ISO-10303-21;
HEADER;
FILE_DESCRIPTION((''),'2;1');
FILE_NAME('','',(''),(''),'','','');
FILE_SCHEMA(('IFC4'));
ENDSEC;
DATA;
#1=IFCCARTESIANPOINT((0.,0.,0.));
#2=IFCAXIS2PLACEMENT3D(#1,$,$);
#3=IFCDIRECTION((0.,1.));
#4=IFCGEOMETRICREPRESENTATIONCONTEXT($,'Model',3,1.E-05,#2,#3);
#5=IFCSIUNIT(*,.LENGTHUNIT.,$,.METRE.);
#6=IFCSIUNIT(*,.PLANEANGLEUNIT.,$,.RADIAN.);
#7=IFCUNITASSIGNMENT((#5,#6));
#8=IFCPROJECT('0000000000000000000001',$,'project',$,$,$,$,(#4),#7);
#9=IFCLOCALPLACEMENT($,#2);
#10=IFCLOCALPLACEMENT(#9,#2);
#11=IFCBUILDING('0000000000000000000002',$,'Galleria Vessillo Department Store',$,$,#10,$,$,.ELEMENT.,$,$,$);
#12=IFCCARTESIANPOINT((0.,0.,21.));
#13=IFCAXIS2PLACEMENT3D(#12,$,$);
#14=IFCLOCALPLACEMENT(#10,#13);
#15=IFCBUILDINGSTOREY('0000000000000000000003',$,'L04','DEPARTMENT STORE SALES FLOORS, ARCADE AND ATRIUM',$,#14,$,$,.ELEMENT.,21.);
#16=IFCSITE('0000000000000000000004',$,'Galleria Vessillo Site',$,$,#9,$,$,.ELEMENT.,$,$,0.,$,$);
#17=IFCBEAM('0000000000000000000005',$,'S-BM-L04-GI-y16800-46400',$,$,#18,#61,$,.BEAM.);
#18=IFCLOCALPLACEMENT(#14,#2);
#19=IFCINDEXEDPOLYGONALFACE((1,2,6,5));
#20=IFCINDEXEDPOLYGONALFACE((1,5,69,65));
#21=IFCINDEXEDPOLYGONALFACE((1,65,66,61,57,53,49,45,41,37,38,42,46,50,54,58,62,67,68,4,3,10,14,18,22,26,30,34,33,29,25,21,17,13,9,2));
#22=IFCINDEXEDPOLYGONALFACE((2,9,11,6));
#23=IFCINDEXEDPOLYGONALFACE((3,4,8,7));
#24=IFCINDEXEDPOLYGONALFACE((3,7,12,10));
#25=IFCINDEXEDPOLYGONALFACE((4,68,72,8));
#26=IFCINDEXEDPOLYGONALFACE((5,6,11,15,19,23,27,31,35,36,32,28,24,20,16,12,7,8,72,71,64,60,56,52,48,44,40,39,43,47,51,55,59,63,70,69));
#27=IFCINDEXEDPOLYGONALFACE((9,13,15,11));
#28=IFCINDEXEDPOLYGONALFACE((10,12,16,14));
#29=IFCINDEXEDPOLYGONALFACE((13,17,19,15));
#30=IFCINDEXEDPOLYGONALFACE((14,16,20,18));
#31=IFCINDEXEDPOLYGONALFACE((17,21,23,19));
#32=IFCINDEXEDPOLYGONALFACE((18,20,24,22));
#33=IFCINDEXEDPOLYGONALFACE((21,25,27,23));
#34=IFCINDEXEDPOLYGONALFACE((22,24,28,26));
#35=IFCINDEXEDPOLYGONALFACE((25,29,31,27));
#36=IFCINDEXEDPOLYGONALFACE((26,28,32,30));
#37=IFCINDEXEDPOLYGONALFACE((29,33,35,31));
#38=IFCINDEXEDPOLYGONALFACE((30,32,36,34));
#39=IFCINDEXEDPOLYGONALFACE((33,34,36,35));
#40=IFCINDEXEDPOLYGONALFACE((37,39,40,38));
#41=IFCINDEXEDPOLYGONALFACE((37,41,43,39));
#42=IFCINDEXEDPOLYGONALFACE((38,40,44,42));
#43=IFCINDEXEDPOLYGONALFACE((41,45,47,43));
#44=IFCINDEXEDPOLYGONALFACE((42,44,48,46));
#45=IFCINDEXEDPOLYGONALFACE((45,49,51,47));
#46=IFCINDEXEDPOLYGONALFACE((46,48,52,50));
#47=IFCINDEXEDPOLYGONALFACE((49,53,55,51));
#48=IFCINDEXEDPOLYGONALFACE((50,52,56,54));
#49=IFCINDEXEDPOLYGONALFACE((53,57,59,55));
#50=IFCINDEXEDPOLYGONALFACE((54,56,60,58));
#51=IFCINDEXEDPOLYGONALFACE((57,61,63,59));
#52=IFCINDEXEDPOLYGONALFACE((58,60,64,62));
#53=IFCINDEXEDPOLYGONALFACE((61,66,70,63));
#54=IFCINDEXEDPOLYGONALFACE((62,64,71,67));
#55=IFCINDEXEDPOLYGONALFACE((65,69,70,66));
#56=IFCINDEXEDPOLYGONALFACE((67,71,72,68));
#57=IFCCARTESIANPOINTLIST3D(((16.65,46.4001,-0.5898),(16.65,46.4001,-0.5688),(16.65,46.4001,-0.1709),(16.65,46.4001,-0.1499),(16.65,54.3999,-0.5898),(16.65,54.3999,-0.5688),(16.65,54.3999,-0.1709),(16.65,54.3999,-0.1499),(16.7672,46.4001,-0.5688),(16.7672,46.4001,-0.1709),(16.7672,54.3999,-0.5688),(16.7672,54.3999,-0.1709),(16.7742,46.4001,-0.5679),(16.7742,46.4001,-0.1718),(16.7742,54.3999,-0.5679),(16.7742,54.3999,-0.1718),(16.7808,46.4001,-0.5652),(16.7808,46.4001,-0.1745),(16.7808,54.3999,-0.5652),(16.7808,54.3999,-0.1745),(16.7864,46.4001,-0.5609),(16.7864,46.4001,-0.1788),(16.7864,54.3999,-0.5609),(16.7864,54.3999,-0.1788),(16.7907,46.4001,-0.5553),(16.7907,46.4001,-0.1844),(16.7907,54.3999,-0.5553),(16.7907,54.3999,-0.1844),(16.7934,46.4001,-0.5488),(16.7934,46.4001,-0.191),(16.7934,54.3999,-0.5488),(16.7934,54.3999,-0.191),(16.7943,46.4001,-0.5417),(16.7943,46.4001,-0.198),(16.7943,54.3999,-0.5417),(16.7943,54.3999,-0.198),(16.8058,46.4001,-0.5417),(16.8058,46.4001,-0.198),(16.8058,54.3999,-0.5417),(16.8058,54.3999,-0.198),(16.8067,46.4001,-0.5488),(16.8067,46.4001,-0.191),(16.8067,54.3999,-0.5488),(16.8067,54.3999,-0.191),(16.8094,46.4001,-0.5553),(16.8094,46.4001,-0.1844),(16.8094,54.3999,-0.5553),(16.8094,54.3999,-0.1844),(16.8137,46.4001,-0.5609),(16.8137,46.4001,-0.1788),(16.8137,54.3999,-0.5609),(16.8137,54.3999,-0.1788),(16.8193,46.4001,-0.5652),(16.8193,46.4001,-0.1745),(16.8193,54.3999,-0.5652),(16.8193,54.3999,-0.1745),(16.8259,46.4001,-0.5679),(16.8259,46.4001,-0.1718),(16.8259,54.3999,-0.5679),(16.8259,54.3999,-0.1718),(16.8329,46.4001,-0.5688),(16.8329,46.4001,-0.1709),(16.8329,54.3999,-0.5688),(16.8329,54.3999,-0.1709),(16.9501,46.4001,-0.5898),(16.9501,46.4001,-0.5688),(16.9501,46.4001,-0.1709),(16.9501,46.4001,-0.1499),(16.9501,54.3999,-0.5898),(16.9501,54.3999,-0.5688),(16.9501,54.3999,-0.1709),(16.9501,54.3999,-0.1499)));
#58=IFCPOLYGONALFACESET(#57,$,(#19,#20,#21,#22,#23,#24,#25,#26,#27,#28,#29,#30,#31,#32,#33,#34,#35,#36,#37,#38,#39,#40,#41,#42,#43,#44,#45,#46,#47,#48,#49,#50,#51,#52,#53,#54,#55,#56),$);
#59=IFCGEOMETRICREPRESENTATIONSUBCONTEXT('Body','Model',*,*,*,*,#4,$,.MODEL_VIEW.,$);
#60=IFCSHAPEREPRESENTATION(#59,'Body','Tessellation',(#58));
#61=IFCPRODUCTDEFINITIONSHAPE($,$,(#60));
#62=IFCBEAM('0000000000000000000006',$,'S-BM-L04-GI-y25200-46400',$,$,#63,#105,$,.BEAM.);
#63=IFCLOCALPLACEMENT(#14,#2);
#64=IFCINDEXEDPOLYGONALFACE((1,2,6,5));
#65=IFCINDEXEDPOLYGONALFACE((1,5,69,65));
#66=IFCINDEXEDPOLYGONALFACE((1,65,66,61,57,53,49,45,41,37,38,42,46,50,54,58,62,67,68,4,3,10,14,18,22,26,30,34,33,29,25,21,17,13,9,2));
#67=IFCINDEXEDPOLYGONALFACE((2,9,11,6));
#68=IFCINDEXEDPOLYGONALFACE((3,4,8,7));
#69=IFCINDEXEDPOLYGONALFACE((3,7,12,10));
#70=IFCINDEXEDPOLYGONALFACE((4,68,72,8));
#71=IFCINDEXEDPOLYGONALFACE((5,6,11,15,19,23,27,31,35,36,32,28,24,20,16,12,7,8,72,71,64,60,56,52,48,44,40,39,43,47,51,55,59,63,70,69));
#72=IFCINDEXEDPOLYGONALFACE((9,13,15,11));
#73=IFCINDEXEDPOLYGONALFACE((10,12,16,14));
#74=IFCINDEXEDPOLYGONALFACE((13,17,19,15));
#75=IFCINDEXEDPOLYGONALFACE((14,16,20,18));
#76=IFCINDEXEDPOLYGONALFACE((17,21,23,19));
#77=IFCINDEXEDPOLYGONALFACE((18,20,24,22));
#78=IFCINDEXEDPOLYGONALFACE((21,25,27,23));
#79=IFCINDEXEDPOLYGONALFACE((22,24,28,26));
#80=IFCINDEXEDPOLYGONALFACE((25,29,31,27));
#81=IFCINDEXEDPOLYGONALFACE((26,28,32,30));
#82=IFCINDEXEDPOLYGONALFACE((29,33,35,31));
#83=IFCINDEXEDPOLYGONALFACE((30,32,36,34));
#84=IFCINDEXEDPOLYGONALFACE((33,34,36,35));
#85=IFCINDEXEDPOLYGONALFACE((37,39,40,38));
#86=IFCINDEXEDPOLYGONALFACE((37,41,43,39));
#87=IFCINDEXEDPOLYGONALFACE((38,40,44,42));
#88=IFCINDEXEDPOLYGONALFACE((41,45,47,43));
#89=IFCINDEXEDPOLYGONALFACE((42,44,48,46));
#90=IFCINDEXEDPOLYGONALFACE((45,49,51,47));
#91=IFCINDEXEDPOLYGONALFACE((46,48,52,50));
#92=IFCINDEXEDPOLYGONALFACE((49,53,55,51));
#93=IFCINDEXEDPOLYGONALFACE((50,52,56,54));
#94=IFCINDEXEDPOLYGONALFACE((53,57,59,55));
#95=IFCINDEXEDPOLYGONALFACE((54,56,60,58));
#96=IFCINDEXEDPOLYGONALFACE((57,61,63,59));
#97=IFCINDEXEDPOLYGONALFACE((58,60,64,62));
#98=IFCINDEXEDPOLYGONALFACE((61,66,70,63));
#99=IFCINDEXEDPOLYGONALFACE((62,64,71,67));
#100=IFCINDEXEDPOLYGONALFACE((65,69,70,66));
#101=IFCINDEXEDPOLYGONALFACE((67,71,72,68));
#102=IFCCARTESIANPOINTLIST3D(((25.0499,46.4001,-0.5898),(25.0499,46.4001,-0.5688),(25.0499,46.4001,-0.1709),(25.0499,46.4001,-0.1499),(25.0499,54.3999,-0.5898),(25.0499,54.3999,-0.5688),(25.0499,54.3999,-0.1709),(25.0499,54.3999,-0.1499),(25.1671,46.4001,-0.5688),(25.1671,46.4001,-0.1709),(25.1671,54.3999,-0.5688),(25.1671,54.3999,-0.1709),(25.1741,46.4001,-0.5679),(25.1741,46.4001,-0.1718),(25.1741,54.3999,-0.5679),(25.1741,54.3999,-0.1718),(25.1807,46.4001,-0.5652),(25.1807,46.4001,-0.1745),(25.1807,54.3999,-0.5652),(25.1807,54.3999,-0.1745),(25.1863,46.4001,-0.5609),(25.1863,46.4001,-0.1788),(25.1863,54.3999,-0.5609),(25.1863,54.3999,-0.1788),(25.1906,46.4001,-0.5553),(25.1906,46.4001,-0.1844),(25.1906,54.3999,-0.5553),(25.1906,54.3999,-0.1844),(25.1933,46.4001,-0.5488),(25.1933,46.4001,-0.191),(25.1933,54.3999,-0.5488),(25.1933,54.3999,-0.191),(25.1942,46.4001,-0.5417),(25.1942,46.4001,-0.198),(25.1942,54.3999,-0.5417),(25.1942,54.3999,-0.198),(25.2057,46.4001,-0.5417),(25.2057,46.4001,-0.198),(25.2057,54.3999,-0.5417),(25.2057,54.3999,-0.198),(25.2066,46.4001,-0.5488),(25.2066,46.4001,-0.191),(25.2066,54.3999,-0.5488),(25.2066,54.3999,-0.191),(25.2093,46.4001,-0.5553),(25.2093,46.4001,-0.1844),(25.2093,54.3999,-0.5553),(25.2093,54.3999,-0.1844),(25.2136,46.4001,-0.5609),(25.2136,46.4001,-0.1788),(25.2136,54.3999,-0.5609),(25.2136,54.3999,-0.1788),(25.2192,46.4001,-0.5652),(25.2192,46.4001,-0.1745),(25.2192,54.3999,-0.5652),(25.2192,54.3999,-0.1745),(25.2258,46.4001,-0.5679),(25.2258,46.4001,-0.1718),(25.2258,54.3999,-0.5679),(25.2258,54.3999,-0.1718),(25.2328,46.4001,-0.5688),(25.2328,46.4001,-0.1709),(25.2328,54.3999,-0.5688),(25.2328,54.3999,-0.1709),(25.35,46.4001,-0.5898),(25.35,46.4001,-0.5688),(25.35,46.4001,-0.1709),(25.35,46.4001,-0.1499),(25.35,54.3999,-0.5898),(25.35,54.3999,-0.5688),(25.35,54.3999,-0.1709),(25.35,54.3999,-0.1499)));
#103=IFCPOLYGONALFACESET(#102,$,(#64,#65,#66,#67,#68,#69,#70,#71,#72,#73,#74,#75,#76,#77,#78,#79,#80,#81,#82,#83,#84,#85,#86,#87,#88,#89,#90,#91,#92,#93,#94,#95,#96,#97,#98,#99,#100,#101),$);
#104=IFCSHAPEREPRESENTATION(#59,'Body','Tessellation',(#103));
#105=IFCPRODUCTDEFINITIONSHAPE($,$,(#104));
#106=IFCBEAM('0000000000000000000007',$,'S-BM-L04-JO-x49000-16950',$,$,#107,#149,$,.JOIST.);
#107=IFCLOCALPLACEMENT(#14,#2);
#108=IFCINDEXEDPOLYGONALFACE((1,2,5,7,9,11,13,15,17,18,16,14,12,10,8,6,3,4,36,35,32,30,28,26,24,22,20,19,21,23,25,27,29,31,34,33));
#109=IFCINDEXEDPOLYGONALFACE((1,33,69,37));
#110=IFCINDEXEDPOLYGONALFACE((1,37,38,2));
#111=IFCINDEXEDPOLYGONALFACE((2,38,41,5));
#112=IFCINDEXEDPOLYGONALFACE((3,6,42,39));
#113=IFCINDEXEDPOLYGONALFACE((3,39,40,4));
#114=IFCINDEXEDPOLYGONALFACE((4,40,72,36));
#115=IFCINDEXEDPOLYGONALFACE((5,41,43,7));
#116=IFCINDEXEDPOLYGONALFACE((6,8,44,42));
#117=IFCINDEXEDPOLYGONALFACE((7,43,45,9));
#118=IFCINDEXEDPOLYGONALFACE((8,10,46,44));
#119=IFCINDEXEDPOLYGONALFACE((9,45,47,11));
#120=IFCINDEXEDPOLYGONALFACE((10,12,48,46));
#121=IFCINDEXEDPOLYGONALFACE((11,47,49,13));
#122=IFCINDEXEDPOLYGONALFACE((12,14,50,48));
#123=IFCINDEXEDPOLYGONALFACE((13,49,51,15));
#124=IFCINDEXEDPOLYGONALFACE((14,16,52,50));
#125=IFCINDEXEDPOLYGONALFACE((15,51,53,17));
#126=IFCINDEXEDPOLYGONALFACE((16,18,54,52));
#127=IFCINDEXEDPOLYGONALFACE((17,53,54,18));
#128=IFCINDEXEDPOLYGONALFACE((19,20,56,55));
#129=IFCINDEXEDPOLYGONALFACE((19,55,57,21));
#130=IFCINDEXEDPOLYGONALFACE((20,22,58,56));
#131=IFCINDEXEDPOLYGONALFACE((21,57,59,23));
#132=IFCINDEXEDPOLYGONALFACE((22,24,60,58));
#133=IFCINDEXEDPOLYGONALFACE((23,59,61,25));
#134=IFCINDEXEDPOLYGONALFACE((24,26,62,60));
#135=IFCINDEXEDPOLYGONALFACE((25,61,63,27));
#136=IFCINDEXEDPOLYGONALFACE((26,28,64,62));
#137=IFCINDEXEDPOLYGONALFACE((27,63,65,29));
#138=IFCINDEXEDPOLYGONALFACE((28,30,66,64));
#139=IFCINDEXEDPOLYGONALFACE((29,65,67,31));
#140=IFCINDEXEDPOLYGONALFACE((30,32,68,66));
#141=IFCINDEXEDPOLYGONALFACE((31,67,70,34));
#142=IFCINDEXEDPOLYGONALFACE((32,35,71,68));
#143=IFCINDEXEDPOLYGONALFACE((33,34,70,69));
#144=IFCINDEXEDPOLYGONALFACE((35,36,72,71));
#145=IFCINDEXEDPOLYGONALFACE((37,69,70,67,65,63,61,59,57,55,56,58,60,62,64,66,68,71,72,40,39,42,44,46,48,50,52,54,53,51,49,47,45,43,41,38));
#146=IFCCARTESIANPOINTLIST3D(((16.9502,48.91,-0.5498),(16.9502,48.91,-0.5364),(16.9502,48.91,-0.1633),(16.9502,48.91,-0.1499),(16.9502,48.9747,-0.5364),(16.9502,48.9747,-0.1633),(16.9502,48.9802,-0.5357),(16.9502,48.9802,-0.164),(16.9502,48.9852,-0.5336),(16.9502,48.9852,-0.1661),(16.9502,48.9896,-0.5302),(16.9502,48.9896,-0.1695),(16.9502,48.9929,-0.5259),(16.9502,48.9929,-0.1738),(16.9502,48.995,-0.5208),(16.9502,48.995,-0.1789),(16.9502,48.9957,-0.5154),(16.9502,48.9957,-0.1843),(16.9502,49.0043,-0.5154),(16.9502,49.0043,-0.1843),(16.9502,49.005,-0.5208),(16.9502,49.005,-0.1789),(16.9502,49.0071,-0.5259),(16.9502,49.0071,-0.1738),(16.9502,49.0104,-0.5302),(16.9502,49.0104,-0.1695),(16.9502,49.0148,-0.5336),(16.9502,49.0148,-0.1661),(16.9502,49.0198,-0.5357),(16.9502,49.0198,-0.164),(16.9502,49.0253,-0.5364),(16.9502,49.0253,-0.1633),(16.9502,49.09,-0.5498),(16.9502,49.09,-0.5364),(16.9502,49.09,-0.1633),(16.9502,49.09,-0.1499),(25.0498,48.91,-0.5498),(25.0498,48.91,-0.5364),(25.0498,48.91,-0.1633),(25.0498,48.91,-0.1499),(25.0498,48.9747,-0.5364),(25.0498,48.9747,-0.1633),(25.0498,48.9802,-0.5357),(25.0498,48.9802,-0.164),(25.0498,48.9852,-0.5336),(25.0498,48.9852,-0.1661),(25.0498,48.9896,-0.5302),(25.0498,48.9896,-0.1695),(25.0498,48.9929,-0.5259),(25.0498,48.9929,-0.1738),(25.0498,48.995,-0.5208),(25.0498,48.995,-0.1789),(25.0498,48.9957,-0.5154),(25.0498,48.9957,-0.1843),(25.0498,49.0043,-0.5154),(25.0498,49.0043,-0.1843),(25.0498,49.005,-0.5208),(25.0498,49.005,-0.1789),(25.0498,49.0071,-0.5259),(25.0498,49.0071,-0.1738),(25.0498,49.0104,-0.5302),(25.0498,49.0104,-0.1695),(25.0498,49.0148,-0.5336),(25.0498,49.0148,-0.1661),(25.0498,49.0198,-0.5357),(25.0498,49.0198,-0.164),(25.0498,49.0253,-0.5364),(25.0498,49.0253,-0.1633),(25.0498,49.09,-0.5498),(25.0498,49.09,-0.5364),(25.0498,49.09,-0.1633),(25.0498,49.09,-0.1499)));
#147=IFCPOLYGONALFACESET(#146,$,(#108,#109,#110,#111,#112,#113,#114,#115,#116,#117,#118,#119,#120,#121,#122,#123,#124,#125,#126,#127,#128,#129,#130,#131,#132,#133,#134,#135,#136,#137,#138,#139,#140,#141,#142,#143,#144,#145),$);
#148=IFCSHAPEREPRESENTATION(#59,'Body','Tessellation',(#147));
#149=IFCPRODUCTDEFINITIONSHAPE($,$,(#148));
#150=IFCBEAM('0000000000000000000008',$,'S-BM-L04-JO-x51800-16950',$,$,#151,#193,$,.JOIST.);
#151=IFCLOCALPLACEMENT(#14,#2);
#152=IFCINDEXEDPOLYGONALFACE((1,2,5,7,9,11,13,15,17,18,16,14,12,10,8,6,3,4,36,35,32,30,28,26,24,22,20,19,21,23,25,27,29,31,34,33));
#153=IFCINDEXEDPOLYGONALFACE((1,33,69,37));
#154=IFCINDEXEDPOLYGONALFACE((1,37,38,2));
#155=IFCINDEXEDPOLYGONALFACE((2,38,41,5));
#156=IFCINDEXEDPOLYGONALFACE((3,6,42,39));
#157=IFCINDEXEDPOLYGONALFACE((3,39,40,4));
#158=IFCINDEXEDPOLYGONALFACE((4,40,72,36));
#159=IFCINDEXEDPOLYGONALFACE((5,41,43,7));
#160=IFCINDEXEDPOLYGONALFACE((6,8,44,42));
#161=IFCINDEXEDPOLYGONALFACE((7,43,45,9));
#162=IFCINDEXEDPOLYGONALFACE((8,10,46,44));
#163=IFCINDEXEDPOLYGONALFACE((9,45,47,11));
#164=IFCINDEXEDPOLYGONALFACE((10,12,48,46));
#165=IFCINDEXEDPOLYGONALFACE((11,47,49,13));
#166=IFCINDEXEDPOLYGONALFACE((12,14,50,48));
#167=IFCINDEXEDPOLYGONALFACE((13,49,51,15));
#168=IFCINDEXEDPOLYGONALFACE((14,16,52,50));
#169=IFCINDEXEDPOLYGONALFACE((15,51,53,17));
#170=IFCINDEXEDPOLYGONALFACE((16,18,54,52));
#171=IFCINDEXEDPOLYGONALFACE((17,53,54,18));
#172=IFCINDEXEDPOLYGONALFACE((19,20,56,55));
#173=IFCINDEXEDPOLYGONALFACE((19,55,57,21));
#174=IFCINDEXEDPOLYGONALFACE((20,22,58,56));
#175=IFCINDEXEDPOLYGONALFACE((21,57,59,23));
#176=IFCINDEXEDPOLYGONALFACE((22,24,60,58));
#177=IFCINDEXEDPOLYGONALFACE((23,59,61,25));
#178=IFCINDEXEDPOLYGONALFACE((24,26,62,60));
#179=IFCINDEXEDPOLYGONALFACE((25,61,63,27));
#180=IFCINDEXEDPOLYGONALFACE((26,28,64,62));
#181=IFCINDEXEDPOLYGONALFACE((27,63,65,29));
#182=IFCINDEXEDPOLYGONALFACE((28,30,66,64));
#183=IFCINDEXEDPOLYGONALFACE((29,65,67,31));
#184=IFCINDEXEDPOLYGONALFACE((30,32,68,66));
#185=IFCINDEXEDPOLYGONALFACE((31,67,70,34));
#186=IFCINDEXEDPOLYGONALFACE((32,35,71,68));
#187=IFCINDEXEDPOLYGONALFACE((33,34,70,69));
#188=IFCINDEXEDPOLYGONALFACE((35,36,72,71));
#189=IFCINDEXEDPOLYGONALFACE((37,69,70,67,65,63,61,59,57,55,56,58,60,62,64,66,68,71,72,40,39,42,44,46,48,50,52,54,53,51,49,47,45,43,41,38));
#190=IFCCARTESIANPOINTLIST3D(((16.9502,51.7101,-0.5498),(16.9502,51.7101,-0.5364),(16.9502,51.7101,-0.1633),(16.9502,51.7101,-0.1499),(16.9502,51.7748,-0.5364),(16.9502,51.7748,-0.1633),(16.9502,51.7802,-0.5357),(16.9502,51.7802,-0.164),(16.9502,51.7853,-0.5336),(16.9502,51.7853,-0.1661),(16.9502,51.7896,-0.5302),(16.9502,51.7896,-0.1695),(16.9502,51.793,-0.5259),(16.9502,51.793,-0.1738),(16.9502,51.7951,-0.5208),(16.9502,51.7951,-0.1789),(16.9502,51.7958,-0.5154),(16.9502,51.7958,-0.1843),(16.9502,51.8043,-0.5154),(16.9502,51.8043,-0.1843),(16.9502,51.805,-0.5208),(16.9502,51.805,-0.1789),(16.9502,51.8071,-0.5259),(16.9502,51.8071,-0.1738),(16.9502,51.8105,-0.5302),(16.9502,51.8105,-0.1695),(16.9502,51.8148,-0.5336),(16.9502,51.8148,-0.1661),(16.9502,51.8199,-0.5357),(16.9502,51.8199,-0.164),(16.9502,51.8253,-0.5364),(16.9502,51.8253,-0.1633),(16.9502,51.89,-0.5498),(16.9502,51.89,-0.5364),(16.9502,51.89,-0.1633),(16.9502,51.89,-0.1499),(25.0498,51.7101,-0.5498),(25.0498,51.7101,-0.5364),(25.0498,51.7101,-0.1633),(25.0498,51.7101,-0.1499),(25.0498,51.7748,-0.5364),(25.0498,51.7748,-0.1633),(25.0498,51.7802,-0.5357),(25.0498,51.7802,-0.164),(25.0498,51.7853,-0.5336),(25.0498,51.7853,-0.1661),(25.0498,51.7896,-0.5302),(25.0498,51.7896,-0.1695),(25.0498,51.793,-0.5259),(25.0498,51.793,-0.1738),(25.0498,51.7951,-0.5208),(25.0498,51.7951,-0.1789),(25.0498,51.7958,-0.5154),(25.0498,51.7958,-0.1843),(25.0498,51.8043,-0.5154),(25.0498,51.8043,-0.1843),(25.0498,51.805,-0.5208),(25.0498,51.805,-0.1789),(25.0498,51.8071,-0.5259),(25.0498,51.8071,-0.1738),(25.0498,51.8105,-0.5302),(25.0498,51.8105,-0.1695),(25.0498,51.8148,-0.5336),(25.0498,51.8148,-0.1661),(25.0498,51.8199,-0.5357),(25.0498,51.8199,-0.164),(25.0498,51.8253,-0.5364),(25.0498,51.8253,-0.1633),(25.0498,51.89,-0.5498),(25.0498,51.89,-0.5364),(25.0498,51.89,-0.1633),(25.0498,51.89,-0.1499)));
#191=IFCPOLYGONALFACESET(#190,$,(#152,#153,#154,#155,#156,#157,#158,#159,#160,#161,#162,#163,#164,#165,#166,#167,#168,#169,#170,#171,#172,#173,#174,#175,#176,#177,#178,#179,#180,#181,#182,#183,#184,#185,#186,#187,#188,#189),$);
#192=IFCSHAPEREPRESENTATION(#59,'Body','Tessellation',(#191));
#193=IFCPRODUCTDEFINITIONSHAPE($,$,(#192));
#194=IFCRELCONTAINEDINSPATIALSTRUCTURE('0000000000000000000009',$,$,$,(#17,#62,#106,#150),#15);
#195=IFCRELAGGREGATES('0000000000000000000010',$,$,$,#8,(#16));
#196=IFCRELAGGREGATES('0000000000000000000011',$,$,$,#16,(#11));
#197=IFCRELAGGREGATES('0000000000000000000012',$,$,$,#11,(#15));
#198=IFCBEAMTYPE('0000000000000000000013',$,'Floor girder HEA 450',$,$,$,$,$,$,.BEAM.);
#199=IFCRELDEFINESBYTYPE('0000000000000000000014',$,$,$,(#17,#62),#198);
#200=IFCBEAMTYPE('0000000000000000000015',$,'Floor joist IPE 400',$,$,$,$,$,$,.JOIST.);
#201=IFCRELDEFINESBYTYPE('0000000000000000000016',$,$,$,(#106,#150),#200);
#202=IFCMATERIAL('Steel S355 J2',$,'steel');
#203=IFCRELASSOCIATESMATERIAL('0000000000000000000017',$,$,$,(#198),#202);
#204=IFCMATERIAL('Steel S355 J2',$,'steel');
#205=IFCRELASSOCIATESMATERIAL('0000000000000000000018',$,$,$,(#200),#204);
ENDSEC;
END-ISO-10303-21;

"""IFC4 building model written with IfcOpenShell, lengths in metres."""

from ifc_helpers import new_model, si_unit, direction, frame, origin, origin_2d, place, context, subcontext, project, spatial, i_section, extrude, material, material_profile, profile_set, type_object, element, save


model = new_model("IFC4")

# Units and contexts
model_context = context("Model", 3, precision=1e-05, world=origin(), true_north=direction((0.0, 1.0)))
body_context = subcontext(model_context, "Body", "Model", "MODEL_VIEW")
ifc_project = project(units=[si_unit("LENGTHUNIT", "METRE"), si_unit("PLANEANGLEUNIT", "RADIAN")], contexts=[model_context])

# Site, building, storey
site_placement = place(None, origin())
site = spatial("IfcSite", under=ifc_project, at=site_placement, Name="Galleria Vessillo Site", CompositionType="ELEMENT", RefElevation=0.0)
building_placement = place(site_placement, origin())
building = spatial("IfcBuilding", under=site, at=building_placement, Name="Galleria Vessillo Department Store", CompositionType="ELEMENT")
storey_placement = place(building_placement, frame((0.0, 0.0, 21.0)))
storey = spatial("IfcBuildingStorey", under=building, at=storey_placement, Name="L04", Description="DEPARTMENT STORE SALES FLOORS, ARCADE AND ATRIUM", CompositionType="ELEMENT", Elevation=21.0)

# Beams
ifc_material_1 = material(Name="Steel S355 J2", Category="steel")
ifc_material_profile_1 = material_profile(ifc_material_1, i_section(OverallWidth=0.3, OverallDepth=0.4399, WebThickness=0.0115, FlangeThickness=0.021, FilletRadius=0.0271, at=origin_2d()), Name="HEA 450")
ifc_profile_set_1 = profile_set([ifc_material_profile_1], Name="Steel S355 J2")
beam_type_1 = type_object("IfcBeamType", Name="Floor girder HEA 450", PredefinedType="BEAM", material=ifc_profile_set_1)
for number, where, z_axis, x_axis, name in (
    (1, (16.8, 46.4001, -0.3699), (0.0, 1.0, 0.0), (-1.0, 0.0, 0.0), "S-BM-L04-GI-y16800-46400"),
    (2, (25.2, 46.4001, -0.3699), (0.0, 1.0, 0.0), (-1.0, 0.0, 0.0), "S-BM-L04-GI-y25200-46400"),
):
    element("IfcBeam", number, at=place(storey_placement, frame(where, z_axis=z_axis, x_axis=x_axis)), inside=storey, type_object=beam_type_1, Name=name, PredefinedType="BEAM", context=body_context, shape_type="SweptSolid", body=[
        extrude(i_section(OverallWidth=0.3, OverallDepth=0.4399, WebThickness=0.0115, FlangeThickness=0.021, FilletRadius=0.0271, at=origin_2d()), origin(), (0.0, 0.0, 1.0), 7.9998),
    ])
ifc_material_2 = material(Name="Steel S355 J2", Category="steel")
ifc_material_profile_2 = material_profile(ifc_material_2, i_section(OverallWidth=0.1799, OverallDepth=0.3999, WebThickness=0.0085, FlangeThickness=0.0134, FilletRadius=0.021, at=origin_2d()), Name="IPE 400")
ifc_profile_set_2 = profile_set([ifc_material_profile_2], Name="Steel S355 J2")
beam_type_2 = type_object("IfcBeamType", Name="Floor joist IPE 400", PredefinedType="JOIST", material=ifc_profile_set_2)
for number, where, z_axis, x_axis, name in (
    (3, (16.9502, 49.0, -0.3499), (1.0, 0.0, 0.0), (0.0, 1.0, 0.0), "S-BM-L04-JO-x49000-16950"),
    (4, (16.9502, 51.8, -0.3499), (1.0, 0.0, 0.0), (0.0, 1.0, 0.0), "S-BM-L04-JO-x51800-16950"),
):
    element("IfcBeam", number, at=place(storey_placement, frame(where, z_axis=z_axis, x_axis=x_axis)), inside=storey, type_object=beam_type_2, Name=name, PredefinedType="JOIST", context=body_context, shape_type="SweptSolid", body=[
        extrude(i_section(OverallWidth=0.1799, OverallDepth=0.3999, WebThickness=0.0085, FlangeThickness=0.0134, FilletRadius=0.021, at=origin_2d()), origin(), (0.0, 0.0, 1.0), 8.0996),
    ])

save(model, "model.ifc")
